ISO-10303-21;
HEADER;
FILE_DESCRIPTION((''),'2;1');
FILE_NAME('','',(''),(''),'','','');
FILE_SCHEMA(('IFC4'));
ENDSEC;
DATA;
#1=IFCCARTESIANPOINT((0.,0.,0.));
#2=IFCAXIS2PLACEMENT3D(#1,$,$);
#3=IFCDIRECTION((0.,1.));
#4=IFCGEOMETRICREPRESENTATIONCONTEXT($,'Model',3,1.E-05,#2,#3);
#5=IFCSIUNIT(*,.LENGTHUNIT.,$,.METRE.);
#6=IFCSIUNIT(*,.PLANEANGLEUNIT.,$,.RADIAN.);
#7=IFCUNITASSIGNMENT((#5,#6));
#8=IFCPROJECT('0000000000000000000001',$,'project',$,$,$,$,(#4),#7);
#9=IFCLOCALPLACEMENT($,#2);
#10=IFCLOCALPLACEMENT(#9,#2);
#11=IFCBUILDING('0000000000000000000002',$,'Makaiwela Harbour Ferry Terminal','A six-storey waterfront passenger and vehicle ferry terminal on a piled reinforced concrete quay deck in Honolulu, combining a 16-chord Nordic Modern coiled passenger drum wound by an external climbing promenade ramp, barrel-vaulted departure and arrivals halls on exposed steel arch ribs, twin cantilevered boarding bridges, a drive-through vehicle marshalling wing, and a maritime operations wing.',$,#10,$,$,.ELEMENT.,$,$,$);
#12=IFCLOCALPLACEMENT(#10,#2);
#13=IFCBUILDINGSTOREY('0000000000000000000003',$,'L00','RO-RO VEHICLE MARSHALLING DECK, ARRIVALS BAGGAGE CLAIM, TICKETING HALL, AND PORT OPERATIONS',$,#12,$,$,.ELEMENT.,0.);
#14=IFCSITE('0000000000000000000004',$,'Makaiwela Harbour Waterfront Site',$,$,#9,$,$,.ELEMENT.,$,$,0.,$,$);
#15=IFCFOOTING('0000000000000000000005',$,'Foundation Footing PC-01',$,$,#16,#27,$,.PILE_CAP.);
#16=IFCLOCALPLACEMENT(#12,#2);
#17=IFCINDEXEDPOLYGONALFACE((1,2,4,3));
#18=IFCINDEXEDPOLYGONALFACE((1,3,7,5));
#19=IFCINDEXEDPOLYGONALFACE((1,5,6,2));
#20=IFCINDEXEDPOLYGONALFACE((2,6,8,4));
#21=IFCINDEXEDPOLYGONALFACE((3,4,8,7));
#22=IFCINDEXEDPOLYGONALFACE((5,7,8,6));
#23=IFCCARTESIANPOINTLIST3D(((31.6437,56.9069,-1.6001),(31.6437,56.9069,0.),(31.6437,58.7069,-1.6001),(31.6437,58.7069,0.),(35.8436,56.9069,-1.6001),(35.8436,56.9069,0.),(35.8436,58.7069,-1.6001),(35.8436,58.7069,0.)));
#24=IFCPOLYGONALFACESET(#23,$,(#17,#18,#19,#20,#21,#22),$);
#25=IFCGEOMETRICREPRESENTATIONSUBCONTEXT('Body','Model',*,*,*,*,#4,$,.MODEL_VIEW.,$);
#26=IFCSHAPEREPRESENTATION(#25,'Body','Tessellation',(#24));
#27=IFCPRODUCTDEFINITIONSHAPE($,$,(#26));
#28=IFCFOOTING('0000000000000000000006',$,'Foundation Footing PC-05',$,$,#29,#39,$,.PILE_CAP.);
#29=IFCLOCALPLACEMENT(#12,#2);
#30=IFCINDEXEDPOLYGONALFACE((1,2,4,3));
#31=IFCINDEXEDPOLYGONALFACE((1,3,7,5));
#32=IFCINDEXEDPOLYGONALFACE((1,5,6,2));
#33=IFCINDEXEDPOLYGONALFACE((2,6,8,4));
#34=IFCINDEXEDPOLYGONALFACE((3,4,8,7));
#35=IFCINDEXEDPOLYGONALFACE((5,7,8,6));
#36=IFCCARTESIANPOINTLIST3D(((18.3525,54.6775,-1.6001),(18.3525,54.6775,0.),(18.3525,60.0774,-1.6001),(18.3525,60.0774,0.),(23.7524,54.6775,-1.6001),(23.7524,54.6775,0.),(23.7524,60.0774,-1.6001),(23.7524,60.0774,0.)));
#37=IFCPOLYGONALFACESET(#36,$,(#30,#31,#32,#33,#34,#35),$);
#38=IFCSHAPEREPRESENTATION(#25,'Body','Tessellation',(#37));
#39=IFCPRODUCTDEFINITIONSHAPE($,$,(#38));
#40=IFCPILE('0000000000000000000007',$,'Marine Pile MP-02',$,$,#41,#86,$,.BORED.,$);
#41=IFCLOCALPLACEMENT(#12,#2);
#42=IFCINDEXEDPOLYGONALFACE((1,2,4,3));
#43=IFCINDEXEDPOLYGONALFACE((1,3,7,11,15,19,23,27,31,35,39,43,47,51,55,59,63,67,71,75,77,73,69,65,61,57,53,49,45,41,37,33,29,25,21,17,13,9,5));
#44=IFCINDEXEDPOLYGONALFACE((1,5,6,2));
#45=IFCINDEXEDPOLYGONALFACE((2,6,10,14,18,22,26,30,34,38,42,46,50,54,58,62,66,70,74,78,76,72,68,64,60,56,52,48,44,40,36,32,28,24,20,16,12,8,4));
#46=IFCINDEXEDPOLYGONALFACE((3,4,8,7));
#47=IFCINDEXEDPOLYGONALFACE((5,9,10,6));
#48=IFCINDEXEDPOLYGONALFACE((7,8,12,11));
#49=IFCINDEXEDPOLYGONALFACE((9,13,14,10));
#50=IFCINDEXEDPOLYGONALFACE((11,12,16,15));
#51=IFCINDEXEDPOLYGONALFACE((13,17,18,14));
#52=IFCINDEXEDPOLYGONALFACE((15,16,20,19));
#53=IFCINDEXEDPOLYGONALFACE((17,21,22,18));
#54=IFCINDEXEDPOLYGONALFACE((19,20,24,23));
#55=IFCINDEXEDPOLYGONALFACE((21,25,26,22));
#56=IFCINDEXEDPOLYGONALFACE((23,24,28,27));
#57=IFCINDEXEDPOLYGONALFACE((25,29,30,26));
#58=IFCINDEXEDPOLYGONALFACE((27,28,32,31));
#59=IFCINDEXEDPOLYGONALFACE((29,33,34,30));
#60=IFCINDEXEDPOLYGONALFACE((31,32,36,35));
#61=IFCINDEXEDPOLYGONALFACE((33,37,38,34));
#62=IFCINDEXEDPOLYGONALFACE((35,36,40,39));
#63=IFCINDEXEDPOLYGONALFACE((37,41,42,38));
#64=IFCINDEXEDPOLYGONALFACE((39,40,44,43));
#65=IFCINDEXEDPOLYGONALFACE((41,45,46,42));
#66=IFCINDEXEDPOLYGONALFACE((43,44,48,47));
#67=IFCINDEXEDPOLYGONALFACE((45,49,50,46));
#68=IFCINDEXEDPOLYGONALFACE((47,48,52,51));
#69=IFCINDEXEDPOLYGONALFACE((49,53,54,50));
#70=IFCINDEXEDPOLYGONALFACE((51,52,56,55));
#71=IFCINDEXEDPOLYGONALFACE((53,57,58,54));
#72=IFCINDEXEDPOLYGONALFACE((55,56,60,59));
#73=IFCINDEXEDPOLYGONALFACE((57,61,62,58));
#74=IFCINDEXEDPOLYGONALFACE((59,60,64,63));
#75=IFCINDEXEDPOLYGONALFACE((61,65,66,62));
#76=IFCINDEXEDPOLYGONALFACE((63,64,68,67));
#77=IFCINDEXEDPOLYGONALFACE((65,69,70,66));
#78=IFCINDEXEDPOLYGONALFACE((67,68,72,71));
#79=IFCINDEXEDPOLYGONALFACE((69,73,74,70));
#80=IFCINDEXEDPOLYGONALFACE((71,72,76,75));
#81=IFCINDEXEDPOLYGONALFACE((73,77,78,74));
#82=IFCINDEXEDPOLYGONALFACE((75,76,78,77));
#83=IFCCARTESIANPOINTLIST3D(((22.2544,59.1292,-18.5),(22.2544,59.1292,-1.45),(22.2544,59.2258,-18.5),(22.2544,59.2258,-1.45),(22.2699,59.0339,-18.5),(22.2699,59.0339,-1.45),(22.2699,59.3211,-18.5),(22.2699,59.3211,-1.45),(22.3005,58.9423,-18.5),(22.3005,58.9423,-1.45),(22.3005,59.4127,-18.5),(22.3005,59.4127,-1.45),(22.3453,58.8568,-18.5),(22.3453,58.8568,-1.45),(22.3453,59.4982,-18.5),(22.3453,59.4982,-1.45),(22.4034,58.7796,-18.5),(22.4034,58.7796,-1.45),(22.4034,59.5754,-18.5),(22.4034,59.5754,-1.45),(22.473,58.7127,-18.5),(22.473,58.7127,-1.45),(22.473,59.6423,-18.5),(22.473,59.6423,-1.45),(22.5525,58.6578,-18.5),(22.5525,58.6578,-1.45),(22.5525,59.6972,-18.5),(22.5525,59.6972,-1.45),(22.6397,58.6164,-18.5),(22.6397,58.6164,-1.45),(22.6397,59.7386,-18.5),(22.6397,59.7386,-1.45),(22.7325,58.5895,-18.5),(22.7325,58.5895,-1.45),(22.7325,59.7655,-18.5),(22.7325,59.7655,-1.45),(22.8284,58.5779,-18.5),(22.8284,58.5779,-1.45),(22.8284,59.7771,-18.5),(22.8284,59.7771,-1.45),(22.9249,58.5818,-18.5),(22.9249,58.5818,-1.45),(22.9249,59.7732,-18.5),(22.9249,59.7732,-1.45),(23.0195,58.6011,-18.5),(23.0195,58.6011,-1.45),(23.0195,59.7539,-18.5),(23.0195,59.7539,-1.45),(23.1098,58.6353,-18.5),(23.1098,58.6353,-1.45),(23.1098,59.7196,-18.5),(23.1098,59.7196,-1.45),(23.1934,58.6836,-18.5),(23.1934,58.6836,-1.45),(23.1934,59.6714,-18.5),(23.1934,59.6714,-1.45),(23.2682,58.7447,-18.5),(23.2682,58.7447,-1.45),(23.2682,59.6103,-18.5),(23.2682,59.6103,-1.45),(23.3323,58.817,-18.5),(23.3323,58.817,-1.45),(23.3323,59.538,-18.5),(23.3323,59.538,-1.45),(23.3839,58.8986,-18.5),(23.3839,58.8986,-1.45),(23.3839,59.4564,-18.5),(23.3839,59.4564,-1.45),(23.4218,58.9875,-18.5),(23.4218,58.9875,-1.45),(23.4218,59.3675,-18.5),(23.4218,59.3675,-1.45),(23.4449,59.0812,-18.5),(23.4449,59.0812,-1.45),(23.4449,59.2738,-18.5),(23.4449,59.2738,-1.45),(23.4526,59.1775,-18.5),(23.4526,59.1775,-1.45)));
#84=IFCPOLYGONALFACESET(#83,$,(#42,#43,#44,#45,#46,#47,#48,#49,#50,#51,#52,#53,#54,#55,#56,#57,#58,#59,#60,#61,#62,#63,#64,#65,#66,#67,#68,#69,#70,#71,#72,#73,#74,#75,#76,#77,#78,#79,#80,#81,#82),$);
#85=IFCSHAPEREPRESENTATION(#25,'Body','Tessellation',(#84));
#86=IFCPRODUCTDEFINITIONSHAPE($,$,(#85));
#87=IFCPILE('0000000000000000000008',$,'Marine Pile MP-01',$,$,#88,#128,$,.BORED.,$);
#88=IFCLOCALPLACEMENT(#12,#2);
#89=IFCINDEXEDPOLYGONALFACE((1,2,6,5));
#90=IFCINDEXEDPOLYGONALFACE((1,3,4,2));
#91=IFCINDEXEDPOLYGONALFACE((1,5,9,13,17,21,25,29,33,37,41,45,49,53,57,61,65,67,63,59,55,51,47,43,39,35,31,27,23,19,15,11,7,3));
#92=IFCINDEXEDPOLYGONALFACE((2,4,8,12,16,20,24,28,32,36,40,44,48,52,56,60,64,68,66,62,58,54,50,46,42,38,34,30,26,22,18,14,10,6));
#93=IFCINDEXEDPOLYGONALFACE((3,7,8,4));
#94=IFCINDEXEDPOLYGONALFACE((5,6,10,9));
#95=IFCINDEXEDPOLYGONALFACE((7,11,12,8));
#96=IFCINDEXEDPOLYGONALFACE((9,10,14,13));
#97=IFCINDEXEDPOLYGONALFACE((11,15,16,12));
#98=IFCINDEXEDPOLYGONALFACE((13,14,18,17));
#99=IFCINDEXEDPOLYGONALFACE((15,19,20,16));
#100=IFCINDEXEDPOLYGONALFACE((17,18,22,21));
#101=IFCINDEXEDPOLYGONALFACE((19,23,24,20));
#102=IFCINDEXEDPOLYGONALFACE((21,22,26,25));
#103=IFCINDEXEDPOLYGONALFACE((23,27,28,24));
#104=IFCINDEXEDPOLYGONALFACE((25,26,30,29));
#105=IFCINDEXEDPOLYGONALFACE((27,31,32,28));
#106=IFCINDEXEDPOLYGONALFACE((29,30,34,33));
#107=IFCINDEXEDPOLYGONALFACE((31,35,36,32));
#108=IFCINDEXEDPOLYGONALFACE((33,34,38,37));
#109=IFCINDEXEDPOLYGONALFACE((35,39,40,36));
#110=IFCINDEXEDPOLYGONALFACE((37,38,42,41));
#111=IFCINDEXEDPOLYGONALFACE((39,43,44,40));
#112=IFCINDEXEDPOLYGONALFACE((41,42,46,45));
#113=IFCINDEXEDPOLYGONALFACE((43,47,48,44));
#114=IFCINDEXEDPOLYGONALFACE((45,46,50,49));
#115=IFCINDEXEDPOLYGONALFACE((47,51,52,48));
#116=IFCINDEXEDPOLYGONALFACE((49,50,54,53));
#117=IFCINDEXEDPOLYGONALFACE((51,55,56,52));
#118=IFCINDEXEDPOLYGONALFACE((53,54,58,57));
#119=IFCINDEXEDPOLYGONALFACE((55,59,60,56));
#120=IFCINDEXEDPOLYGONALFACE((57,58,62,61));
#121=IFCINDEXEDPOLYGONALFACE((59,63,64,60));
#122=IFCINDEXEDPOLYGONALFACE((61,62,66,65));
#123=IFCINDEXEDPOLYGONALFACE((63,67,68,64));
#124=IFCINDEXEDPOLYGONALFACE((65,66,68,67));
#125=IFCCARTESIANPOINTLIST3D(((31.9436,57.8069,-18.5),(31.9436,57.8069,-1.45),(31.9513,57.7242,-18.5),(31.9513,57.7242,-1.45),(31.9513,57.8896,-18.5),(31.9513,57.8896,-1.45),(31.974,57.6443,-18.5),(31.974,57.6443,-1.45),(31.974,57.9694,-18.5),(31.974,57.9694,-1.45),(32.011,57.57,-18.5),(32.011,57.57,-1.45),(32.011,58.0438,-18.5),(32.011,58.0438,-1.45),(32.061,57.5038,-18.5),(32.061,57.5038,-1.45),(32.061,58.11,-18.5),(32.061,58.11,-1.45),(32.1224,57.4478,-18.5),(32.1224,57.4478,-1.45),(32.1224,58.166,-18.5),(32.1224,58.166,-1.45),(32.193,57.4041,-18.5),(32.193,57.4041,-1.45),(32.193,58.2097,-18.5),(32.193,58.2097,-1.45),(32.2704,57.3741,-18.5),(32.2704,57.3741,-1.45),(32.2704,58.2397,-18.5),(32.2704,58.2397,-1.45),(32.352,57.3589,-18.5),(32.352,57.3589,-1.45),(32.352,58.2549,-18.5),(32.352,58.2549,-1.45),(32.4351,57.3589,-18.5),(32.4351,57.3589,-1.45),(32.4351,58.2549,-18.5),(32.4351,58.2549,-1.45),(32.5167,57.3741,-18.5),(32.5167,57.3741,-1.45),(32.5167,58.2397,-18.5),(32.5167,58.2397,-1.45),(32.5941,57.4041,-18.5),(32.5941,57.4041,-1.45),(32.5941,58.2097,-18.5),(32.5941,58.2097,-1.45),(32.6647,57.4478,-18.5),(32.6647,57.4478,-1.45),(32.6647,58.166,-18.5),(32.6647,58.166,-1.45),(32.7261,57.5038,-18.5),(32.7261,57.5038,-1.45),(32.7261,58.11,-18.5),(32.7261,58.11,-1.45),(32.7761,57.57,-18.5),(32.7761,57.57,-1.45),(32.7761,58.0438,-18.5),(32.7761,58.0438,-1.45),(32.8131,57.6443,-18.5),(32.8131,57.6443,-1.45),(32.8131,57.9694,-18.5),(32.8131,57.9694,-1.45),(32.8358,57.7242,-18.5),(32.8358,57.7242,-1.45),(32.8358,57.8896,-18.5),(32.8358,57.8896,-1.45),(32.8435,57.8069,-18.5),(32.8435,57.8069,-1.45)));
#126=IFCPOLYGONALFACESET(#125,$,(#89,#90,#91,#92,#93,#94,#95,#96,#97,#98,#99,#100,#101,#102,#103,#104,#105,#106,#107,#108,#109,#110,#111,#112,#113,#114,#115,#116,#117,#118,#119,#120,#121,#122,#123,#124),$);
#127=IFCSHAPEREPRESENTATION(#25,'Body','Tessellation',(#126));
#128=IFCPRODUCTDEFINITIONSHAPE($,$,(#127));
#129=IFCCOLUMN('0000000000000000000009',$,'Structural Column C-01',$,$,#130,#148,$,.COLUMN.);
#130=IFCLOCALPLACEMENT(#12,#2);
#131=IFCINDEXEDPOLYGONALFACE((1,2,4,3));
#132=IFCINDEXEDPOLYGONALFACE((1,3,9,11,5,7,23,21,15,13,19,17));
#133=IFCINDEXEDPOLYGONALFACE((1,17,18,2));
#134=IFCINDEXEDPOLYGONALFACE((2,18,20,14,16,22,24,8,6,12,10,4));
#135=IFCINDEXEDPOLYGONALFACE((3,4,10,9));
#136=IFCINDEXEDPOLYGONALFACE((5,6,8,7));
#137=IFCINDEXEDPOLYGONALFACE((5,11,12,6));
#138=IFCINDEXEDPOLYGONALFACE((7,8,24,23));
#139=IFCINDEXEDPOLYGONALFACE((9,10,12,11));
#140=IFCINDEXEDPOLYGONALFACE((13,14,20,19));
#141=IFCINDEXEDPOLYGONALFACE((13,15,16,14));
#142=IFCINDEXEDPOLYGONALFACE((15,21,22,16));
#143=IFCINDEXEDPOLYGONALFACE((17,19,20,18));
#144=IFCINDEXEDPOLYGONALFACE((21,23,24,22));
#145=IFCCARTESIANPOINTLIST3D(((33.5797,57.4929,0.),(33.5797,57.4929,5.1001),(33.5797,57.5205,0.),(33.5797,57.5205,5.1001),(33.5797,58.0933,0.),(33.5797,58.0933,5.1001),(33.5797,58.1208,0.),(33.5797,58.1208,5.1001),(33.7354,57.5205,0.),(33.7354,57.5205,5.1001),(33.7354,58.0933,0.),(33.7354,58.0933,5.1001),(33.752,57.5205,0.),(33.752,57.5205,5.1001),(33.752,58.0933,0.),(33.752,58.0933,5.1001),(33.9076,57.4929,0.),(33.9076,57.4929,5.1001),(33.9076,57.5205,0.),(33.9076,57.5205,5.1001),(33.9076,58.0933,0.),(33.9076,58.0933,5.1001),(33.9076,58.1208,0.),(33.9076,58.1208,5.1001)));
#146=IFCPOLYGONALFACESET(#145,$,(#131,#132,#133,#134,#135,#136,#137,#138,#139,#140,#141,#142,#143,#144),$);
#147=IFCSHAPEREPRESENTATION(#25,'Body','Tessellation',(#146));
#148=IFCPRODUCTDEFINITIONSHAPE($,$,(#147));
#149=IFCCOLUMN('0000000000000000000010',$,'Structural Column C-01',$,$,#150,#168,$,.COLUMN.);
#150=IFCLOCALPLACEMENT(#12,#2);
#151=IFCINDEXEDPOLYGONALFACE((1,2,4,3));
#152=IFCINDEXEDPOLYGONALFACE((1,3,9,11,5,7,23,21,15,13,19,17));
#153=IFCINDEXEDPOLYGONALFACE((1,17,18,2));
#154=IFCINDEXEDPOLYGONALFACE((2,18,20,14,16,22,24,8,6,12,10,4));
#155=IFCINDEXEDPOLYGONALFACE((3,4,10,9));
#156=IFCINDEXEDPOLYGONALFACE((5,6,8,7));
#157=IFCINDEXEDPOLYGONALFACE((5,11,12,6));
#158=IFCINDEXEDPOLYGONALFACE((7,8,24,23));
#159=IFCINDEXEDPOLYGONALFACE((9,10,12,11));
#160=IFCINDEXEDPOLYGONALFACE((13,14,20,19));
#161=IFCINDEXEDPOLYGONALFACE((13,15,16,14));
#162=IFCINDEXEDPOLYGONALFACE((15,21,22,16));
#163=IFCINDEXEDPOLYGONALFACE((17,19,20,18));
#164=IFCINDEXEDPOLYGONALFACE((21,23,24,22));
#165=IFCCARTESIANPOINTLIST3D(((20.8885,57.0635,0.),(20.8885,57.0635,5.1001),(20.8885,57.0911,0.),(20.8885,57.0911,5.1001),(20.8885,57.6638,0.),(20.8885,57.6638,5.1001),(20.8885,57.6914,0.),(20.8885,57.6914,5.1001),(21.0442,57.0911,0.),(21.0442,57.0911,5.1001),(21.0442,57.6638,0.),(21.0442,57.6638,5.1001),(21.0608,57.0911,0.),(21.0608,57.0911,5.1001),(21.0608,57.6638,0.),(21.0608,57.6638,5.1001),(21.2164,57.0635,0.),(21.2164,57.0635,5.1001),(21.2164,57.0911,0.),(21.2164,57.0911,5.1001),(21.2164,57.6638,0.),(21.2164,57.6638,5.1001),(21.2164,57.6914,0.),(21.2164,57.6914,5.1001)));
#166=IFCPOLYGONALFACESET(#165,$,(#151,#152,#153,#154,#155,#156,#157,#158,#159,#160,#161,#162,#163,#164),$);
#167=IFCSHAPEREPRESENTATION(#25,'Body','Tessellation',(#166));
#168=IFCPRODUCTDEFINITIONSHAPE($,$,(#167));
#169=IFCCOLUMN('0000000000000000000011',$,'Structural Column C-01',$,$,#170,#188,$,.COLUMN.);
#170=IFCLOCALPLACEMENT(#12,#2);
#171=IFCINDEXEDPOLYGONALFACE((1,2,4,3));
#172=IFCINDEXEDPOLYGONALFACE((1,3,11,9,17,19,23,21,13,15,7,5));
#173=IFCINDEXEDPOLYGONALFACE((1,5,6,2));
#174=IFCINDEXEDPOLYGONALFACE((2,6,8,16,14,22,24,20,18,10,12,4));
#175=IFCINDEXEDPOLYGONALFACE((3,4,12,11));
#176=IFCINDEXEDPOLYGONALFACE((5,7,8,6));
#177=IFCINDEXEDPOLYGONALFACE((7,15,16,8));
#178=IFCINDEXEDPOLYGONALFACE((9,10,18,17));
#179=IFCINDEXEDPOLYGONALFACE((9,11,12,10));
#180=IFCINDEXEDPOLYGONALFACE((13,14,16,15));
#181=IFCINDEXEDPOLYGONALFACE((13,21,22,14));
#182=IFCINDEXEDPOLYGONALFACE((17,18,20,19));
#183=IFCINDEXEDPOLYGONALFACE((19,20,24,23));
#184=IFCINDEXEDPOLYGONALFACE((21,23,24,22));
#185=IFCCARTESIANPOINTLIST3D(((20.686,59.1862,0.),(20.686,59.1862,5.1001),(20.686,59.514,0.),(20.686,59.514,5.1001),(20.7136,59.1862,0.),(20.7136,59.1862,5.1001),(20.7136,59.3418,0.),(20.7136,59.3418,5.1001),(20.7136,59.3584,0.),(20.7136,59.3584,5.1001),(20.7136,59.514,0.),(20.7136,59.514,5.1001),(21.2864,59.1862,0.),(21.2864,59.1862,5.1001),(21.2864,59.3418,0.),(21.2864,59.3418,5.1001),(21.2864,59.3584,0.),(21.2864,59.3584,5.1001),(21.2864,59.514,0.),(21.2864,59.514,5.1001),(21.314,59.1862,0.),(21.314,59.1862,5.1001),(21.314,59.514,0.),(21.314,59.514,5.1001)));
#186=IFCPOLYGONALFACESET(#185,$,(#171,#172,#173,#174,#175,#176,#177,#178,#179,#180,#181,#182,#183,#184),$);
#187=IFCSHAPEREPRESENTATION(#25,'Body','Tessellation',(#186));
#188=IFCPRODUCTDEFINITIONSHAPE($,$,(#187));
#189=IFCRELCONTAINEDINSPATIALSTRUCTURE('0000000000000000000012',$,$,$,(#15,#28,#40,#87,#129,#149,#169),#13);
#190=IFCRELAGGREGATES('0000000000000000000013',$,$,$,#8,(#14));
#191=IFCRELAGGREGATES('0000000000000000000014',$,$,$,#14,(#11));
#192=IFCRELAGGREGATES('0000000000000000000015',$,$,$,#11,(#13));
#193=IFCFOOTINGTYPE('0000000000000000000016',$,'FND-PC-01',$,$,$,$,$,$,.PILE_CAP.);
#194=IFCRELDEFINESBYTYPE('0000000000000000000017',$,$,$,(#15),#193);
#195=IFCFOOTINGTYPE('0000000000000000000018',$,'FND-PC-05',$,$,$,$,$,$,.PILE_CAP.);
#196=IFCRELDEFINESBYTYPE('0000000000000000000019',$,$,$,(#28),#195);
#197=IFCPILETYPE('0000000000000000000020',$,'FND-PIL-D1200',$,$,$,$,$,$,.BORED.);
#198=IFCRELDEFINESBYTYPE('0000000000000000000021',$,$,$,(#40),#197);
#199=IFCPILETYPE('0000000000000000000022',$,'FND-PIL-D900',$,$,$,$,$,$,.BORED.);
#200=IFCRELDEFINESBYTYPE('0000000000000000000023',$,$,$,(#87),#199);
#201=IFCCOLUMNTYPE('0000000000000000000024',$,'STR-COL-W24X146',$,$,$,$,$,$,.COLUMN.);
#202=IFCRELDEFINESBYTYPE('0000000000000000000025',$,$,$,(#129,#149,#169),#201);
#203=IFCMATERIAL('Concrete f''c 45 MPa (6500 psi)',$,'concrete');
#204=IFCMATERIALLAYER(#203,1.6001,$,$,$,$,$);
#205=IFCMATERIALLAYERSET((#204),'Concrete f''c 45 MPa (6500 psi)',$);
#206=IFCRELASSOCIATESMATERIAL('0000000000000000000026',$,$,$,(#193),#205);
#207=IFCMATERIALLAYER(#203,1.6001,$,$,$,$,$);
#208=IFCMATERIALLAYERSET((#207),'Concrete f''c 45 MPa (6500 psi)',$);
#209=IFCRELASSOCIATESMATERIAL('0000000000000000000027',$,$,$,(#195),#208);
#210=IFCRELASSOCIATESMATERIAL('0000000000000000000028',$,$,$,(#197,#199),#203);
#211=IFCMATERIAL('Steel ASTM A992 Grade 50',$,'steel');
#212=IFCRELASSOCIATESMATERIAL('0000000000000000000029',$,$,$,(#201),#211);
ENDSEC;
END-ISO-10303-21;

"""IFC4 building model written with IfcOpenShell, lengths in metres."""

from ifc_helpers import new_model, si_unit, direction, frame, origin, origin_2d, place, context, subcontext, project, spatial, rectangle, circle, i_section, extrude, material, layer, layer_set, material_profile, profile_set, type_object, element, save


model = new_model("IFC4")

# Units and contexts
model_context = context("Model", 3, precision=1e-05, world=origin(), true_north=direction((0.0, 1.0)))
body_context = subcontext(model_context, "Body", "Model", "MODEL_VIEW")
ifc_project = project(units=[si_unit("LENGTHUNIT", "METRE"), si_unit("PLANEANGLEUNIT", "RADIAN")], contexts=[model_context])

# Site, building, storey
site_placement = place(None, origin())
site = spatial("IfcSite", under=ifc_project, at=site_placement, Name="Makaiwela Harbour Waterfront Site", CompositionType="ELEMENT", RefElevation=0.0)
building_placement = place(site_placement, origin())
building = spatial("IfcBuilding", under=site, at=building_placement, Name="Makaiwela Harbour Ferry Terminal", Description="A six-storey waterfront passenger and vehicle ferry terminal on a piled reinforced concrete quay deck in Honolulu, combining a 16-chord Nordic Modern coiled passenger drum wound by an external climbing promenade ramp, barrel-vaulted departure and arrivals halls on exposed steel arch ribs, twin cantilevered boarding bridges, a drive-through vehicle marshalling wing, and a maritime operations wing.", CompositionType="ELEMENT")
storey_placement = place(building_placement, origin())
storey = spatial("IfcBuildingStorey", under=building, at=storey_placement, Name="L00", Description="RO-RO VEHICLE MARSHALLING DECK, ARRIVALS BAGGAGE CLAIM, TICKETING HALL, AND PORT OPERATIONS", CompositionType="ELEMENT", Elevation=0.0)

# Footings
ifc_material_1 = material(Name="Concrete f'c 45 MPa (6500 psi)", Category="concrete")
ifc_layer_1 = layer(ifc_material_1, 1.6001)
ifc_layer_set_1 = layer_set([ifc_layer_1], Name="Concrete f'c 45 MPa (6500 psi)")
footing_type_1 = type_object("IfcFootingType", Name="FND-PC-01", PredefinedType="PILE_CAP", material=ifc_layer_set_1)
footing_1_placement = place(storey_placement, frame((33.7437, 57.8069, -1.6001), z_axis=(0.0, 0.0, 1.0), x_axis=(1.0, 0.0, 0.0)))
element("IfcFooting", 1, at=footing_1_placement, inside=storey, type_object=footing_type_1, Name="Foundation Footing PC-01", PredefinedType="PILE_CAP", context=body_context, shape_type="SweptSolid", body=[
    extrude(rectangle(XDim=4.2, YDim=1.8, at=origin_2d()), origin(), (0.0, 0.0, 1.0), 1.6001),
])
ifc_layer_2 = layer(ifc_material_1, 1.6001)
ifc_layer_set_2 = layer_set([ifc_layer_2], Name="Concrete f'c 45 MPa (6500 psi)")
footing_type_2 = type_object("IfcFootingType", Name="FND-PC-05", PredefinedType="PILE_CAP", material=ifc_layer_set_2)
footing_2_placement = place(storey_placement, frame((21.0525, 57.3774, -1.6001), z_axis=(0.0, 0.0, 1.0), x_axis=(1.0, 0.0, 0.0)))
element("IfcFooting", 2, at=footing_2_placement, inside=storey, type_object=footing_type_2, Name="Foundation Footing PC-05", PredefinedType="PILE_CAP", context=body_context, shape_type="SweptSolid", body=[
    extrude(rectangle(XDim=5.3999, YDim=5.3999, at=origin_2d()), origin(), (0.0, 0.0, 1.0), 1.6001),
])

# Piles
ifc_material_profile_1 = material_profile(ifc_material_1, circle(Radius=0.6001, at=origin_2d()), Name="PILE-D1200")
ifc_profile_set_1 = profile_set([ifc_material_profile_1], Name="Concrete f'c 45 MPa (6500 psi)")
pile_type_1 = type_object("IfcPileType", Name="FND-PIL-D1200", PredefinedType="BORED", material=ifc_profile_set_1)
pile_1_placement = place(storey_placement, frame((22.8525, 59.1775, -1.45), z_axis=(0.0, 0.0, -1.0), x_axis=(1.0, 0.0, 0.0)))
element("IfcPile", 3, at=pile_1_placement, inside=storey, type_object=pile_type_1, Name="Marine Pile MP-02", PredefinedType="BORED", context=body_context, shape_type="SweptSolid", body=[
    extrude(circle(Radius=0.6001, at=origin_2d()), origin(), (0.0, 0.0, 1.0), 17.05),
])
ifc_material_profile_2 = material_profile(ifc_material_1, circle(Radius=0.45, at=origin_2d()), Name="PILE-D900")
ifc_profile_set_2 = profile_set([ifc_material_profile_2], Name="Concrete f'c 45 MPa (6500 psi)")
pile_type_2 = type_object("IfcPileType", Name="FND-PIL-D900", PredefinedType="BORED", material=ifc_profile_set_2)
pile_2_placement = place(storey_placement, frame((32.3936, 57.8069, -1.45), z_axis=(0.0, 0.0, -1.0), x_axis=(1.0, 0.0, 0.0)))
element("IfcPile", 4, at=pile_2_placement, inside=storey, type_object=pile_type_2, Name="Marine Pile MP-01", PredefinedType="BORED", context=body_context, shape_type="SweptSolid", body=[
    extrude(circle(Radius=0.45, at=origin_2d()), origin(), (0.0, 0.0, 1.0), 17.05),
])

# Columns
ifc_material_2 = material(Name="Steel ASTM A992 Grade 50", Category="steel")
ifc_material_profile_3 = material_profile(ifc_material_2, i_section(OverallWidth=0.3279, OverallDepth=0.6279, WebThickness=0.0166, FlangeThickness=0.0276, at=origin_2d()), Name="W24X146")
ifc_profile_set_3 = profile_set([ifc_material_profile_3], Name="Steel ASTM A992 Grade 50")
column_type = type_object("IfcColumnType", Name="STR-COL-W24X146", PredefinedType="COLUMN", material=ifc_profile_set_3)
for number, where, z_axis, x_axis, name in (
    (5, (33.7437, 57.8069, 0.0), (0.0, 0.0, 1.0), (1.0, 0.0, 0.0), "Structural Column C-01"),
    (6, (21.0525, 57.3774, 0.0), (0.0, 0.0, 1.0), (1.0, 0.0, 0.0), "Structural Column C-01"),
    (7, (21.0, 59.3501, 0.0), (0.0, 0.0, 1.0), (0.0, 1.0, 0.0), "Structural Column C-01"),
):
    element("IfcColumn", number, at=place(storey_placement, frame(where, z_axis=z_axis, x_axis=x_axis)), inside=storey, type_object=column_type, Name=name, PredefinedType="COLUMN", context=body_context, shape_type="SweptSolid", body=[
        extrude(i_section(OverallWidth=0.3279, OverallDepth=0.6279, WebThickness=0.0166, FlangeThickness=0.0276, at=origin_2d()), origin(), (0.0, 0.0, 1.0), 5.1001),
    ])

save(model, "model.ifc")
